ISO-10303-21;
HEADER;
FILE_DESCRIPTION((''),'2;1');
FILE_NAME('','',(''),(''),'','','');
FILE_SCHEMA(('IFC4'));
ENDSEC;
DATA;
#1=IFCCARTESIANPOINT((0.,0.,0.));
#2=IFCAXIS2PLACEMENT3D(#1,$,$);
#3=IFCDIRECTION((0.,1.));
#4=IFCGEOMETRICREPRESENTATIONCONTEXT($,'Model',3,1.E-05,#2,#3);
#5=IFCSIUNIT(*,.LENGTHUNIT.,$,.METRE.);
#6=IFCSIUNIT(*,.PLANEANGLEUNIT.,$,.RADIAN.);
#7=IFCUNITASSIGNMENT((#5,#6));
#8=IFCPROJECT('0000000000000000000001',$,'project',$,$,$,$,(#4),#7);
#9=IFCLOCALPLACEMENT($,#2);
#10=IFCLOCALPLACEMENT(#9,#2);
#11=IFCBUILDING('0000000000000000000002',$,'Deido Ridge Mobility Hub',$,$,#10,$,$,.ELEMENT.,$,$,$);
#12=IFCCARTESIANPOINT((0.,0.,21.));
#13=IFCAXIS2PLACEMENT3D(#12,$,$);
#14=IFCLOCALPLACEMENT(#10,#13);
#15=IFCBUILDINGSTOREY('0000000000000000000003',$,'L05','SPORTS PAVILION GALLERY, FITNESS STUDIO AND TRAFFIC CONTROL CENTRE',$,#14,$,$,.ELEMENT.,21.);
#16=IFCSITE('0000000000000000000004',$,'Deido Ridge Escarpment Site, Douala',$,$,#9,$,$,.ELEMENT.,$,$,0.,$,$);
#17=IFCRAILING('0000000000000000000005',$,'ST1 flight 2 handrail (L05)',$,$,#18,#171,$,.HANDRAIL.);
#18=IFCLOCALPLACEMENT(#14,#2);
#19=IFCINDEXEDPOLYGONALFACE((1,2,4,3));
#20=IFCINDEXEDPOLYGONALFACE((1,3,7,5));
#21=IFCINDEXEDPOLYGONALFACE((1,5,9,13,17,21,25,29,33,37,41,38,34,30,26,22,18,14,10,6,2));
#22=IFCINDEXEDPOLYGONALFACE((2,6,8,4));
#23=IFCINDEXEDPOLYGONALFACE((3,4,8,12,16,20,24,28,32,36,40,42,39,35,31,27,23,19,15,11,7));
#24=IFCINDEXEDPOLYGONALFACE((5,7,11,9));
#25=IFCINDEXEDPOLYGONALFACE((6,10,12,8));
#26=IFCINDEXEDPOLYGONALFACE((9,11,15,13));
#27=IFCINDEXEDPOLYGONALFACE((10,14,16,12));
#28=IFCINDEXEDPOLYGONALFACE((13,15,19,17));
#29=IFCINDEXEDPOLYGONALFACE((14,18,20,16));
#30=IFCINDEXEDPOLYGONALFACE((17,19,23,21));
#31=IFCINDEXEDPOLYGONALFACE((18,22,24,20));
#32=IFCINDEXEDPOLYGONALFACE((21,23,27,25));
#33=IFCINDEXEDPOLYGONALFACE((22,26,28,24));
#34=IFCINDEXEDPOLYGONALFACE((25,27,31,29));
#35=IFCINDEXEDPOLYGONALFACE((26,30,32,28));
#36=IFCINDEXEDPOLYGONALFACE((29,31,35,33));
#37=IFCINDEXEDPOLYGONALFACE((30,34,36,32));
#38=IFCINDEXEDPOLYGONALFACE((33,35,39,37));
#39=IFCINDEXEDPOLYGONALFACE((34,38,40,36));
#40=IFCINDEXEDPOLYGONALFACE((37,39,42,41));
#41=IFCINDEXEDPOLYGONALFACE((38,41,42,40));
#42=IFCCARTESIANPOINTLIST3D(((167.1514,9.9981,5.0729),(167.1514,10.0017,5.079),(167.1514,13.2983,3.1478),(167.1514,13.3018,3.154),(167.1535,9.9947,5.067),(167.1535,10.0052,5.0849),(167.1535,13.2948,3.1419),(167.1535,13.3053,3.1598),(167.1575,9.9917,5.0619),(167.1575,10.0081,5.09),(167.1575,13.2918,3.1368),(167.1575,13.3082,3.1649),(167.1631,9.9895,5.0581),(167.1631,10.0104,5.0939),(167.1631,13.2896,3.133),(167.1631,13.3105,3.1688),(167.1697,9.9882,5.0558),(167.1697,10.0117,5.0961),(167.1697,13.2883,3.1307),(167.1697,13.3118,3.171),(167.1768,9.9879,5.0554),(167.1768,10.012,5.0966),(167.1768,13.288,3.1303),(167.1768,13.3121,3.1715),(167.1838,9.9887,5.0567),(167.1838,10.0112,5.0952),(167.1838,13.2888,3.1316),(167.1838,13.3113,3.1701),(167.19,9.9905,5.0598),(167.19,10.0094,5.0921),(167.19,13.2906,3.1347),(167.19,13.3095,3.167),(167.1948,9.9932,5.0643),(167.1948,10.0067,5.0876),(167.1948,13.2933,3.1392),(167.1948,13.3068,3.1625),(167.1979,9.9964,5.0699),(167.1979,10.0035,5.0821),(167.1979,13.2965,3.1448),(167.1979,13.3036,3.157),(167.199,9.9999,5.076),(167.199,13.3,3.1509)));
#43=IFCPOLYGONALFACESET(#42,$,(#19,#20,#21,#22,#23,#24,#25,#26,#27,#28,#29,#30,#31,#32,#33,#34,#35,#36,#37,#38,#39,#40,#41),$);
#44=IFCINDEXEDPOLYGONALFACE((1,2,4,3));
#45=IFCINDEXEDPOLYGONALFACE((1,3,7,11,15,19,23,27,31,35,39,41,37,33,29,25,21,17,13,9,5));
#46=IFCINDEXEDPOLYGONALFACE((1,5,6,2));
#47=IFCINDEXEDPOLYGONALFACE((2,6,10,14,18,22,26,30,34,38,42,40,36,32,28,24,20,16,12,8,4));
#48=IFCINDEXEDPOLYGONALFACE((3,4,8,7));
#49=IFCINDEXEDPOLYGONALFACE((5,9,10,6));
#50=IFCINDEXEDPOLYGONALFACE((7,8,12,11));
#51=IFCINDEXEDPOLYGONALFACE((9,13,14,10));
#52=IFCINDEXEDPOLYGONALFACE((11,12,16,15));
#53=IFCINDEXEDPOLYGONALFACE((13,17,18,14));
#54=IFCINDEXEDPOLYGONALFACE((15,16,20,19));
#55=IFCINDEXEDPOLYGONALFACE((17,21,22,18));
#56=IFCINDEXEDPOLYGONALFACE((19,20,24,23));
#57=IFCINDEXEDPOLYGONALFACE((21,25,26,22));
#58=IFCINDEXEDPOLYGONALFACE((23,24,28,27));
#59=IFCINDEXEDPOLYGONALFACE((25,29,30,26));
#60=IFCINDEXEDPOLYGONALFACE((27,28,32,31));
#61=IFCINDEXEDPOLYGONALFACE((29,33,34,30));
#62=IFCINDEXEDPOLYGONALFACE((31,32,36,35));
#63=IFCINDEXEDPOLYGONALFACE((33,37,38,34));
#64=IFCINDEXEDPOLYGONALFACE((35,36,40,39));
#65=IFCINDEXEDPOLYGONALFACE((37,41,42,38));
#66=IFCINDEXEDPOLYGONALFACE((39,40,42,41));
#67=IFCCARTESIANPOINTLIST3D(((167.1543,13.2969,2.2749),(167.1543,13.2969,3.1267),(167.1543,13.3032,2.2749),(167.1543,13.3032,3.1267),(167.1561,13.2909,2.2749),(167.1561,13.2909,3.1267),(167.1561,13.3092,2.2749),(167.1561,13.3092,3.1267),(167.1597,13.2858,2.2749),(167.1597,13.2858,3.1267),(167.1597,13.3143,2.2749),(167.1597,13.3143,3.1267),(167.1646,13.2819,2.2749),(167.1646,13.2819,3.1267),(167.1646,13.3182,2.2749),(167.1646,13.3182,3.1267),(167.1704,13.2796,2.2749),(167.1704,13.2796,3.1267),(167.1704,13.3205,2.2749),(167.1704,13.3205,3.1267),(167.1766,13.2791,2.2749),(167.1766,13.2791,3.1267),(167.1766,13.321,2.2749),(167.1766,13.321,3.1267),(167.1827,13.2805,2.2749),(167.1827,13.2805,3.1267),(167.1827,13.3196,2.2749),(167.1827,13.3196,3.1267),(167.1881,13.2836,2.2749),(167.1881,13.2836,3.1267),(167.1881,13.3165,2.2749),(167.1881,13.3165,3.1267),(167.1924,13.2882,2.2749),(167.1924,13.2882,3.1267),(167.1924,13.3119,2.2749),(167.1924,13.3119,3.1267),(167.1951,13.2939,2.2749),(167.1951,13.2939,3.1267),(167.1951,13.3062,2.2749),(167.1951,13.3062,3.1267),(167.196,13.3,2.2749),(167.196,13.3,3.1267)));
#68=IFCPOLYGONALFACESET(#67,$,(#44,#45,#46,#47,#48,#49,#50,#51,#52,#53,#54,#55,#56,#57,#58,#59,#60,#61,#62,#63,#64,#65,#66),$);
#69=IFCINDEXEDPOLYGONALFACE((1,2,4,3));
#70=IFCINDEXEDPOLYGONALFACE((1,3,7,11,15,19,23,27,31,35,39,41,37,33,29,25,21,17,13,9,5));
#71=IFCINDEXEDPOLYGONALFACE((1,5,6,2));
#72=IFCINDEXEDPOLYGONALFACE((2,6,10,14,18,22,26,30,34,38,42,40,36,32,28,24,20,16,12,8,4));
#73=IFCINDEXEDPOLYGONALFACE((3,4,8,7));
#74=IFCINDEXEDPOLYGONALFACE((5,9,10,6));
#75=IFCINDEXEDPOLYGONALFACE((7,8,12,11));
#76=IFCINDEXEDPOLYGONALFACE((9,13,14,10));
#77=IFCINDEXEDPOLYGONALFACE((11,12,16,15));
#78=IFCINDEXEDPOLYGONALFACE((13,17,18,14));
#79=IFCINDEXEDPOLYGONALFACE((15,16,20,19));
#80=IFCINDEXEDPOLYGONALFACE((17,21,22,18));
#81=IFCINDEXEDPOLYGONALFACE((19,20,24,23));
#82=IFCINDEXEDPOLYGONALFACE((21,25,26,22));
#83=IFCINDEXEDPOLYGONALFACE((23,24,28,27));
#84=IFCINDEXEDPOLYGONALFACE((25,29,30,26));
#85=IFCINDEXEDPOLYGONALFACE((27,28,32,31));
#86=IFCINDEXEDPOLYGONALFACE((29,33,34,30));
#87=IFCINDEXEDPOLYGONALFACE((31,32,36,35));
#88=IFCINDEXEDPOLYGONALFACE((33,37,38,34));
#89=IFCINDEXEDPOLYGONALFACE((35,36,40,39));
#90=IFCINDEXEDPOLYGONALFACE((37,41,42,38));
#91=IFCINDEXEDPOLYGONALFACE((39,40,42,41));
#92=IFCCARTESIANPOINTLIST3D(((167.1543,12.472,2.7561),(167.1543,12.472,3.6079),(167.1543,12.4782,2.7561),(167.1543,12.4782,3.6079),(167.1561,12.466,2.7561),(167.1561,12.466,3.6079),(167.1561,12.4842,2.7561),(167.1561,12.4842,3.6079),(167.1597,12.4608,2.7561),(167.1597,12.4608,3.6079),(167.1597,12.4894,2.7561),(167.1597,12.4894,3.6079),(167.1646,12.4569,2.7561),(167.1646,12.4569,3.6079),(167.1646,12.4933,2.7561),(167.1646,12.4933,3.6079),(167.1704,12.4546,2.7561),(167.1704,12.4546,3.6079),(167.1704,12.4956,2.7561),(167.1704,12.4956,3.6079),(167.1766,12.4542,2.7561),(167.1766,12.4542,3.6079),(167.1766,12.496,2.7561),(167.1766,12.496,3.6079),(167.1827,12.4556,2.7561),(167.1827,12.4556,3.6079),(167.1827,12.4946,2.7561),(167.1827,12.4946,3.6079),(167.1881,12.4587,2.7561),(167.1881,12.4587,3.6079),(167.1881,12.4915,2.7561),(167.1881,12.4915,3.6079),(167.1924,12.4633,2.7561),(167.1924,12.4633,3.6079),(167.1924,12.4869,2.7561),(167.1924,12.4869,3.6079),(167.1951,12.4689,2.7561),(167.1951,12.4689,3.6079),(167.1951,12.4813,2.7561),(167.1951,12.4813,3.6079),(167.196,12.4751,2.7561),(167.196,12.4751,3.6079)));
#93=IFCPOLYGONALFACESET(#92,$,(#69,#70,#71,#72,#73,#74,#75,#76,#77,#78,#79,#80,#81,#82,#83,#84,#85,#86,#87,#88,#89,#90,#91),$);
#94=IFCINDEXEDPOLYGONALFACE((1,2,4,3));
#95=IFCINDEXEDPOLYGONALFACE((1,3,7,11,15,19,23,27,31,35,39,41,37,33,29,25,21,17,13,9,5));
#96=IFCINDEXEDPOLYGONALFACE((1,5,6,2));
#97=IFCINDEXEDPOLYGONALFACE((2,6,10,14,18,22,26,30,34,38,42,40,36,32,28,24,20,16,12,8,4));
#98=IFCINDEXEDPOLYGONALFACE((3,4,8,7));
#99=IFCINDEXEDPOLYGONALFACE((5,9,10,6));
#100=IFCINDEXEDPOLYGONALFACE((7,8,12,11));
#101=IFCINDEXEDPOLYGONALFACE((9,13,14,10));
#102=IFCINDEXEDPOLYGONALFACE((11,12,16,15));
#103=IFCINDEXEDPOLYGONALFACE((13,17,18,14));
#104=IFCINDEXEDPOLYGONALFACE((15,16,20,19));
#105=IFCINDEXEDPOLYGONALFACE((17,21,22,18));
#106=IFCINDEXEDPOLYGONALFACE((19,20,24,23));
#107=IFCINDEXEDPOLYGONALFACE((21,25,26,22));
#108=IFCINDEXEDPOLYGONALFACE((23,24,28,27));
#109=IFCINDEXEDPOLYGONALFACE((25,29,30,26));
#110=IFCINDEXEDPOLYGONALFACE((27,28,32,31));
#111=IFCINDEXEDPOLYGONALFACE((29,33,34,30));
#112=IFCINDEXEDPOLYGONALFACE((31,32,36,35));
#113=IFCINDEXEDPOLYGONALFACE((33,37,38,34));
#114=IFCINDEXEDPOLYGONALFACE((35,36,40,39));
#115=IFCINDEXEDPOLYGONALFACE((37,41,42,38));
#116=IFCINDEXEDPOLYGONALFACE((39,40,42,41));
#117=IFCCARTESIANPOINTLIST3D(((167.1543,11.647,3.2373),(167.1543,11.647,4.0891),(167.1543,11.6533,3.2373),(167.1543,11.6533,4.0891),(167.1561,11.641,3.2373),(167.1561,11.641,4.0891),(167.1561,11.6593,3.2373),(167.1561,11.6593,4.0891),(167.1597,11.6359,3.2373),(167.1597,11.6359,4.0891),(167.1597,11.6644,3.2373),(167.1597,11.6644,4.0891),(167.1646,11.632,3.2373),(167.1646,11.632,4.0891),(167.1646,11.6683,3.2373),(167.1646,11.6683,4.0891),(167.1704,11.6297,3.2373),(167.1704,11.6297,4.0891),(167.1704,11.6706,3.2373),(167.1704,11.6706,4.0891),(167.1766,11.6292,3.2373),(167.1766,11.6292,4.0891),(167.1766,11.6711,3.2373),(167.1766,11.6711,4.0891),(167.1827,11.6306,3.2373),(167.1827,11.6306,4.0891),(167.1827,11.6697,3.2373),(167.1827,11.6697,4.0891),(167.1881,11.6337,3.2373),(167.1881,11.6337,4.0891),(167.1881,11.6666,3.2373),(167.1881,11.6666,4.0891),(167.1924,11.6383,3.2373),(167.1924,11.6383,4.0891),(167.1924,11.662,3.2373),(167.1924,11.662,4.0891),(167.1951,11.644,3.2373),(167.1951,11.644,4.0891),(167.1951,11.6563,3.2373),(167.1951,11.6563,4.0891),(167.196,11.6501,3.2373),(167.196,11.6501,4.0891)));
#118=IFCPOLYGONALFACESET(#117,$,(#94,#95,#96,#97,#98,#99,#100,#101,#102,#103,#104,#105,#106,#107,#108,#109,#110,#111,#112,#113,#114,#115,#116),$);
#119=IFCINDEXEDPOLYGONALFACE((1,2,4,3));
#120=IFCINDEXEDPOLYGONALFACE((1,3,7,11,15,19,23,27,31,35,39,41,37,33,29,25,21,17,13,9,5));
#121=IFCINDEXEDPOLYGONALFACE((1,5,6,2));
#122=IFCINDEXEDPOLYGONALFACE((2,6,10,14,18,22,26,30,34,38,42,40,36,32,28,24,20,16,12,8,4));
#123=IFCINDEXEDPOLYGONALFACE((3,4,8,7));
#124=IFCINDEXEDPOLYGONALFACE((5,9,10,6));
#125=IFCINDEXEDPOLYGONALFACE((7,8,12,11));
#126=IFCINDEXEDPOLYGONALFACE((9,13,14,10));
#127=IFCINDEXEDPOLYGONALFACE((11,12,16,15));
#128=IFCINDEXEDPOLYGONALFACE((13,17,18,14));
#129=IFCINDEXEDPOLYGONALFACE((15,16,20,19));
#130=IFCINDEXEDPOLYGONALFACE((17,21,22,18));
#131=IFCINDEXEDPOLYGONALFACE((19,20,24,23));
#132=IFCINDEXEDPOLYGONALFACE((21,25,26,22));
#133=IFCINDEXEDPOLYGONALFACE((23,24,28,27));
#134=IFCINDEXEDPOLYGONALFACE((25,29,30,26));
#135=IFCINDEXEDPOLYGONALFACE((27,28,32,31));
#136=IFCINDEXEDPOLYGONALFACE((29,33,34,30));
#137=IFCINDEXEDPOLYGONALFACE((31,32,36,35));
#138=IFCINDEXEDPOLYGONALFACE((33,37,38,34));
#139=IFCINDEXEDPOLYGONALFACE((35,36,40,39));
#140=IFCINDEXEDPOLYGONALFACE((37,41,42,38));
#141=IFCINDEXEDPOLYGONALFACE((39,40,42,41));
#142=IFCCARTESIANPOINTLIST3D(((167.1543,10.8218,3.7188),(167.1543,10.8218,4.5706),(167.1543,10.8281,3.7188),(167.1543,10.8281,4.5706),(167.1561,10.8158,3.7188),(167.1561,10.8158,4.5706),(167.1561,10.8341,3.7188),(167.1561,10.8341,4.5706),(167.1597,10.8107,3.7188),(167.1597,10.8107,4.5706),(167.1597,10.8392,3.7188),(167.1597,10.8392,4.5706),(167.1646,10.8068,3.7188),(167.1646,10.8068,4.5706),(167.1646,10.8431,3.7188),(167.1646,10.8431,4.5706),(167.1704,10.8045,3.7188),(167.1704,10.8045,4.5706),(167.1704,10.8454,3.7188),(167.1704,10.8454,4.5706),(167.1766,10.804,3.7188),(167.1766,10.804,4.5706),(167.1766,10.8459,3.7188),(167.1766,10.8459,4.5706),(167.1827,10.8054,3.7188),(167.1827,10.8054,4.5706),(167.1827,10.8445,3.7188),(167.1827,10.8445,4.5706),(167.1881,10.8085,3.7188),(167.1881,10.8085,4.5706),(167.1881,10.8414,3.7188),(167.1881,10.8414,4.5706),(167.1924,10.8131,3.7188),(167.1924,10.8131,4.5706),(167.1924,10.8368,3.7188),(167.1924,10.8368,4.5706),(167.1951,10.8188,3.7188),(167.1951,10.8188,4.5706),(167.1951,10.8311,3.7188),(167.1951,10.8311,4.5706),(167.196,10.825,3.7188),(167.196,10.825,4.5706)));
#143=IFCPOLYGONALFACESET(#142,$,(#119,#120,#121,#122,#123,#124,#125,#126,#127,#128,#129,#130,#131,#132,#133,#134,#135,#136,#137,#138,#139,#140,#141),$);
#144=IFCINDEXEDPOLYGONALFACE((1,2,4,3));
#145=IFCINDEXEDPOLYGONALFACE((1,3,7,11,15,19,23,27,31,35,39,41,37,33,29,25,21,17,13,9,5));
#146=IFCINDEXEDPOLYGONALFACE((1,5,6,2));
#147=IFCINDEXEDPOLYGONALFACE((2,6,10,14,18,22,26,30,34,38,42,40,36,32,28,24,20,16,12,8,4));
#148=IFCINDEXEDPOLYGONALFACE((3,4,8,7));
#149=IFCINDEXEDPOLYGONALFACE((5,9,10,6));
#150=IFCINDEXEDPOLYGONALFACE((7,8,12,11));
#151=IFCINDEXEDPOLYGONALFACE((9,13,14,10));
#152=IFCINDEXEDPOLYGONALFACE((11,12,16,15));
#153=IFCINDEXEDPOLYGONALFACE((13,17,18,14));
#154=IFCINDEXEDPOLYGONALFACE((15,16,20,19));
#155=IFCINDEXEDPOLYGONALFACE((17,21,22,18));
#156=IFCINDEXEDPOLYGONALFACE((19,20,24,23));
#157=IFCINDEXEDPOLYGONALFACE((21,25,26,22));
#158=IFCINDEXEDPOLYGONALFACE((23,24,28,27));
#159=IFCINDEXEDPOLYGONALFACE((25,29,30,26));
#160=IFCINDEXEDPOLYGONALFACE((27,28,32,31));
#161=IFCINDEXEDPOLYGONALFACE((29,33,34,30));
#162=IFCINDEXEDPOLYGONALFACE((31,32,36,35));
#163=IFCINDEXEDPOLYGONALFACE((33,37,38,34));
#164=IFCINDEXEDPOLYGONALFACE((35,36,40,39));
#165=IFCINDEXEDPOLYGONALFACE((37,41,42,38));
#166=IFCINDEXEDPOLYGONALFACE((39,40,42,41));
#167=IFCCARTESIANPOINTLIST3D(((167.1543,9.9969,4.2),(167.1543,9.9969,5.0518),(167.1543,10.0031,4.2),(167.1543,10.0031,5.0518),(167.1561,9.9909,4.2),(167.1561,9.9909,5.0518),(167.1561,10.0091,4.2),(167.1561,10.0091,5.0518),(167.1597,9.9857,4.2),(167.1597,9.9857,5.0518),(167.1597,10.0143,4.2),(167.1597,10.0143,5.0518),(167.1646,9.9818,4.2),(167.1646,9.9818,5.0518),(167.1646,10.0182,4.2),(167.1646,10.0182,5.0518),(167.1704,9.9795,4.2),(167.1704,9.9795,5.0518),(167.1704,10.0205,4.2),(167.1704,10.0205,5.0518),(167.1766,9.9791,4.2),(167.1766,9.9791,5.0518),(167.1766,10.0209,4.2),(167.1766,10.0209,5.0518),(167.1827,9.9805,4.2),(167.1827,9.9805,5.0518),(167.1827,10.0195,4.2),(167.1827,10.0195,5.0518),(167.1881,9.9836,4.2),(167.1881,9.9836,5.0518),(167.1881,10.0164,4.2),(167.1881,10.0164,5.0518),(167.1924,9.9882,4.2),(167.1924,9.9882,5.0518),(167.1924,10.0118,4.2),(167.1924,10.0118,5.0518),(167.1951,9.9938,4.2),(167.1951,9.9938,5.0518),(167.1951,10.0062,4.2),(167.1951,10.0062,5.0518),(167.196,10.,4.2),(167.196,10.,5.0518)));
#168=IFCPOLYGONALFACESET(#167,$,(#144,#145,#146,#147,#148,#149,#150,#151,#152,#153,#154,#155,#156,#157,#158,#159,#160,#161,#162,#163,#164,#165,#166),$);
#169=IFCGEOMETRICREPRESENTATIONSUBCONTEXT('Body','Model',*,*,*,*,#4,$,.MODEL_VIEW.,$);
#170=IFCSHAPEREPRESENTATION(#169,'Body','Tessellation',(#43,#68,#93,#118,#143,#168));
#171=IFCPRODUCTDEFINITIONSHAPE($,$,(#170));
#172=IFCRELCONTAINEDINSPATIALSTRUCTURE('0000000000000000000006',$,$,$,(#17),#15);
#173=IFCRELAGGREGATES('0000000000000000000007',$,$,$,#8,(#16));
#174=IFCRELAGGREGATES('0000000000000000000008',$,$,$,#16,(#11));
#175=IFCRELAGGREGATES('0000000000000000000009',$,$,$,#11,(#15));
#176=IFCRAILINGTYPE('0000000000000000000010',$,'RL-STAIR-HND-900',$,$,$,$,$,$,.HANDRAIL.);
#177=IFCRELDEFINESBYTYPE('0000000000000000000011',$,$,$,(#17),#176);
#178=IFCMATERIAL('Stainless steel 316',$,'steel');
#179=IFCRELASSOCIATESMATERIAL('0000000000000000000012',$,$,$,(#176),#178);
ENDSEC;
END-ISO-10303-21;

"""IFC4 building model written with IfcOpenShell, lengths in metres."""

from ifc_helpers import new_model, si_unit, direction, frame, origin, origin_2d, place, context, subcontext, project, spatial, circle, extrude, material, type_object, element, save


model = new_model("IFC4")

# Units and contexts
model_context = context("Model", 3, precision=1e-05, world=origin(), true_north=direction((0.0, 1.0)))
body_context = subcontext(model_context, "Body", "Model", "MODEL_VIEW")
ifc_project = project(units=[si_unit("LENGTHUNIT", "METRE"), si_unit("PLANEANGLEUNIT", "RADIAN")], contexts=[model_context])

# Site, building, storey
site_placement = place(None, origin())
site = spatial("IfcSite", under=ifc_project, at=site_placement, Name="Deido Ridge Escarpment Site, Douala", CompositionType="ELEMENT", RefElevation=0.0)
building_placement = place(site_placement, origin())
building = spatial("IfcBuilding", under=site, at=building_placement, Name="Deido Ridge Mobility Hub", CompositionType="ELEMENT")
storey_placement = place(building_placement, frame((0.0, 0.0, 21.0)))
storey = spatial("IfcBuildingStorey", under=building, at=storey_placement, Name="L05", Description="SPORTS PAVILION GALLERY, FITNESS STUDIO AND TRAFFIC CONTROL CENTRE", CompositionType="ELEMENT", Elevation=21.0)

# Railing
ifc_material_1 = material(Name="Stainless steel 316", Category="steel")
railing_type_1 = type_object("IfcRailingType", Name="RL-STAIR-HND-900", PredefinedType="HANDRAIL", material=ifc_material_1)
railing_1_placement = place(storey_placement, frame((167.175, 13.3, 2.2749)))
element("IfcRailing", 1, at=railing_1_placement, inside=storey, type_object=railing_type_1, Name="ST1 flight 2 handrail (L05)", PredefinedType="HANDRAIL", context=body_context, shape_type="SweptSolid", body=[
    extrude(circle(Radius=0.0239, at=origin_2d()), frame((0.0, 0.0, 0.876), z_axis=(0.0, -0.863777, 0.503875), x_axis=(1.0, 0.0, 0.0)), (0.0, 0.0, 1.0), 3.8206),
    extrude(circle(Radius=0.021, at=origin_2d()), origin(), (0.0, 0.0, 1.0), 0.8518),
    extrude(circle(Radius=0.021, at=origin_2d()), frame((0.0, -0.825, 0.4812)), (0.0, 0.0, 1.0), 0.8518),
    extrude(circle(Radius=0.021, at=origin_2d()), frame((0.0, -1.6499, 0.9624)), (0.0, 0.0, 1.0), 0.8518),
    extrude(circle(Radius=0.021, at=origin_2d()), frame((0.0, -2.4751, 1.4438)), (0.0, 0.0, 1.0), 0.8518),
    extrude(circle(Radius=0.021, at=origin_2d()), frame((0.0, -3.3, 1.925)), (0.0, 0.0, 1.0), 0.8518),
])

save(model, "model.ifc")
